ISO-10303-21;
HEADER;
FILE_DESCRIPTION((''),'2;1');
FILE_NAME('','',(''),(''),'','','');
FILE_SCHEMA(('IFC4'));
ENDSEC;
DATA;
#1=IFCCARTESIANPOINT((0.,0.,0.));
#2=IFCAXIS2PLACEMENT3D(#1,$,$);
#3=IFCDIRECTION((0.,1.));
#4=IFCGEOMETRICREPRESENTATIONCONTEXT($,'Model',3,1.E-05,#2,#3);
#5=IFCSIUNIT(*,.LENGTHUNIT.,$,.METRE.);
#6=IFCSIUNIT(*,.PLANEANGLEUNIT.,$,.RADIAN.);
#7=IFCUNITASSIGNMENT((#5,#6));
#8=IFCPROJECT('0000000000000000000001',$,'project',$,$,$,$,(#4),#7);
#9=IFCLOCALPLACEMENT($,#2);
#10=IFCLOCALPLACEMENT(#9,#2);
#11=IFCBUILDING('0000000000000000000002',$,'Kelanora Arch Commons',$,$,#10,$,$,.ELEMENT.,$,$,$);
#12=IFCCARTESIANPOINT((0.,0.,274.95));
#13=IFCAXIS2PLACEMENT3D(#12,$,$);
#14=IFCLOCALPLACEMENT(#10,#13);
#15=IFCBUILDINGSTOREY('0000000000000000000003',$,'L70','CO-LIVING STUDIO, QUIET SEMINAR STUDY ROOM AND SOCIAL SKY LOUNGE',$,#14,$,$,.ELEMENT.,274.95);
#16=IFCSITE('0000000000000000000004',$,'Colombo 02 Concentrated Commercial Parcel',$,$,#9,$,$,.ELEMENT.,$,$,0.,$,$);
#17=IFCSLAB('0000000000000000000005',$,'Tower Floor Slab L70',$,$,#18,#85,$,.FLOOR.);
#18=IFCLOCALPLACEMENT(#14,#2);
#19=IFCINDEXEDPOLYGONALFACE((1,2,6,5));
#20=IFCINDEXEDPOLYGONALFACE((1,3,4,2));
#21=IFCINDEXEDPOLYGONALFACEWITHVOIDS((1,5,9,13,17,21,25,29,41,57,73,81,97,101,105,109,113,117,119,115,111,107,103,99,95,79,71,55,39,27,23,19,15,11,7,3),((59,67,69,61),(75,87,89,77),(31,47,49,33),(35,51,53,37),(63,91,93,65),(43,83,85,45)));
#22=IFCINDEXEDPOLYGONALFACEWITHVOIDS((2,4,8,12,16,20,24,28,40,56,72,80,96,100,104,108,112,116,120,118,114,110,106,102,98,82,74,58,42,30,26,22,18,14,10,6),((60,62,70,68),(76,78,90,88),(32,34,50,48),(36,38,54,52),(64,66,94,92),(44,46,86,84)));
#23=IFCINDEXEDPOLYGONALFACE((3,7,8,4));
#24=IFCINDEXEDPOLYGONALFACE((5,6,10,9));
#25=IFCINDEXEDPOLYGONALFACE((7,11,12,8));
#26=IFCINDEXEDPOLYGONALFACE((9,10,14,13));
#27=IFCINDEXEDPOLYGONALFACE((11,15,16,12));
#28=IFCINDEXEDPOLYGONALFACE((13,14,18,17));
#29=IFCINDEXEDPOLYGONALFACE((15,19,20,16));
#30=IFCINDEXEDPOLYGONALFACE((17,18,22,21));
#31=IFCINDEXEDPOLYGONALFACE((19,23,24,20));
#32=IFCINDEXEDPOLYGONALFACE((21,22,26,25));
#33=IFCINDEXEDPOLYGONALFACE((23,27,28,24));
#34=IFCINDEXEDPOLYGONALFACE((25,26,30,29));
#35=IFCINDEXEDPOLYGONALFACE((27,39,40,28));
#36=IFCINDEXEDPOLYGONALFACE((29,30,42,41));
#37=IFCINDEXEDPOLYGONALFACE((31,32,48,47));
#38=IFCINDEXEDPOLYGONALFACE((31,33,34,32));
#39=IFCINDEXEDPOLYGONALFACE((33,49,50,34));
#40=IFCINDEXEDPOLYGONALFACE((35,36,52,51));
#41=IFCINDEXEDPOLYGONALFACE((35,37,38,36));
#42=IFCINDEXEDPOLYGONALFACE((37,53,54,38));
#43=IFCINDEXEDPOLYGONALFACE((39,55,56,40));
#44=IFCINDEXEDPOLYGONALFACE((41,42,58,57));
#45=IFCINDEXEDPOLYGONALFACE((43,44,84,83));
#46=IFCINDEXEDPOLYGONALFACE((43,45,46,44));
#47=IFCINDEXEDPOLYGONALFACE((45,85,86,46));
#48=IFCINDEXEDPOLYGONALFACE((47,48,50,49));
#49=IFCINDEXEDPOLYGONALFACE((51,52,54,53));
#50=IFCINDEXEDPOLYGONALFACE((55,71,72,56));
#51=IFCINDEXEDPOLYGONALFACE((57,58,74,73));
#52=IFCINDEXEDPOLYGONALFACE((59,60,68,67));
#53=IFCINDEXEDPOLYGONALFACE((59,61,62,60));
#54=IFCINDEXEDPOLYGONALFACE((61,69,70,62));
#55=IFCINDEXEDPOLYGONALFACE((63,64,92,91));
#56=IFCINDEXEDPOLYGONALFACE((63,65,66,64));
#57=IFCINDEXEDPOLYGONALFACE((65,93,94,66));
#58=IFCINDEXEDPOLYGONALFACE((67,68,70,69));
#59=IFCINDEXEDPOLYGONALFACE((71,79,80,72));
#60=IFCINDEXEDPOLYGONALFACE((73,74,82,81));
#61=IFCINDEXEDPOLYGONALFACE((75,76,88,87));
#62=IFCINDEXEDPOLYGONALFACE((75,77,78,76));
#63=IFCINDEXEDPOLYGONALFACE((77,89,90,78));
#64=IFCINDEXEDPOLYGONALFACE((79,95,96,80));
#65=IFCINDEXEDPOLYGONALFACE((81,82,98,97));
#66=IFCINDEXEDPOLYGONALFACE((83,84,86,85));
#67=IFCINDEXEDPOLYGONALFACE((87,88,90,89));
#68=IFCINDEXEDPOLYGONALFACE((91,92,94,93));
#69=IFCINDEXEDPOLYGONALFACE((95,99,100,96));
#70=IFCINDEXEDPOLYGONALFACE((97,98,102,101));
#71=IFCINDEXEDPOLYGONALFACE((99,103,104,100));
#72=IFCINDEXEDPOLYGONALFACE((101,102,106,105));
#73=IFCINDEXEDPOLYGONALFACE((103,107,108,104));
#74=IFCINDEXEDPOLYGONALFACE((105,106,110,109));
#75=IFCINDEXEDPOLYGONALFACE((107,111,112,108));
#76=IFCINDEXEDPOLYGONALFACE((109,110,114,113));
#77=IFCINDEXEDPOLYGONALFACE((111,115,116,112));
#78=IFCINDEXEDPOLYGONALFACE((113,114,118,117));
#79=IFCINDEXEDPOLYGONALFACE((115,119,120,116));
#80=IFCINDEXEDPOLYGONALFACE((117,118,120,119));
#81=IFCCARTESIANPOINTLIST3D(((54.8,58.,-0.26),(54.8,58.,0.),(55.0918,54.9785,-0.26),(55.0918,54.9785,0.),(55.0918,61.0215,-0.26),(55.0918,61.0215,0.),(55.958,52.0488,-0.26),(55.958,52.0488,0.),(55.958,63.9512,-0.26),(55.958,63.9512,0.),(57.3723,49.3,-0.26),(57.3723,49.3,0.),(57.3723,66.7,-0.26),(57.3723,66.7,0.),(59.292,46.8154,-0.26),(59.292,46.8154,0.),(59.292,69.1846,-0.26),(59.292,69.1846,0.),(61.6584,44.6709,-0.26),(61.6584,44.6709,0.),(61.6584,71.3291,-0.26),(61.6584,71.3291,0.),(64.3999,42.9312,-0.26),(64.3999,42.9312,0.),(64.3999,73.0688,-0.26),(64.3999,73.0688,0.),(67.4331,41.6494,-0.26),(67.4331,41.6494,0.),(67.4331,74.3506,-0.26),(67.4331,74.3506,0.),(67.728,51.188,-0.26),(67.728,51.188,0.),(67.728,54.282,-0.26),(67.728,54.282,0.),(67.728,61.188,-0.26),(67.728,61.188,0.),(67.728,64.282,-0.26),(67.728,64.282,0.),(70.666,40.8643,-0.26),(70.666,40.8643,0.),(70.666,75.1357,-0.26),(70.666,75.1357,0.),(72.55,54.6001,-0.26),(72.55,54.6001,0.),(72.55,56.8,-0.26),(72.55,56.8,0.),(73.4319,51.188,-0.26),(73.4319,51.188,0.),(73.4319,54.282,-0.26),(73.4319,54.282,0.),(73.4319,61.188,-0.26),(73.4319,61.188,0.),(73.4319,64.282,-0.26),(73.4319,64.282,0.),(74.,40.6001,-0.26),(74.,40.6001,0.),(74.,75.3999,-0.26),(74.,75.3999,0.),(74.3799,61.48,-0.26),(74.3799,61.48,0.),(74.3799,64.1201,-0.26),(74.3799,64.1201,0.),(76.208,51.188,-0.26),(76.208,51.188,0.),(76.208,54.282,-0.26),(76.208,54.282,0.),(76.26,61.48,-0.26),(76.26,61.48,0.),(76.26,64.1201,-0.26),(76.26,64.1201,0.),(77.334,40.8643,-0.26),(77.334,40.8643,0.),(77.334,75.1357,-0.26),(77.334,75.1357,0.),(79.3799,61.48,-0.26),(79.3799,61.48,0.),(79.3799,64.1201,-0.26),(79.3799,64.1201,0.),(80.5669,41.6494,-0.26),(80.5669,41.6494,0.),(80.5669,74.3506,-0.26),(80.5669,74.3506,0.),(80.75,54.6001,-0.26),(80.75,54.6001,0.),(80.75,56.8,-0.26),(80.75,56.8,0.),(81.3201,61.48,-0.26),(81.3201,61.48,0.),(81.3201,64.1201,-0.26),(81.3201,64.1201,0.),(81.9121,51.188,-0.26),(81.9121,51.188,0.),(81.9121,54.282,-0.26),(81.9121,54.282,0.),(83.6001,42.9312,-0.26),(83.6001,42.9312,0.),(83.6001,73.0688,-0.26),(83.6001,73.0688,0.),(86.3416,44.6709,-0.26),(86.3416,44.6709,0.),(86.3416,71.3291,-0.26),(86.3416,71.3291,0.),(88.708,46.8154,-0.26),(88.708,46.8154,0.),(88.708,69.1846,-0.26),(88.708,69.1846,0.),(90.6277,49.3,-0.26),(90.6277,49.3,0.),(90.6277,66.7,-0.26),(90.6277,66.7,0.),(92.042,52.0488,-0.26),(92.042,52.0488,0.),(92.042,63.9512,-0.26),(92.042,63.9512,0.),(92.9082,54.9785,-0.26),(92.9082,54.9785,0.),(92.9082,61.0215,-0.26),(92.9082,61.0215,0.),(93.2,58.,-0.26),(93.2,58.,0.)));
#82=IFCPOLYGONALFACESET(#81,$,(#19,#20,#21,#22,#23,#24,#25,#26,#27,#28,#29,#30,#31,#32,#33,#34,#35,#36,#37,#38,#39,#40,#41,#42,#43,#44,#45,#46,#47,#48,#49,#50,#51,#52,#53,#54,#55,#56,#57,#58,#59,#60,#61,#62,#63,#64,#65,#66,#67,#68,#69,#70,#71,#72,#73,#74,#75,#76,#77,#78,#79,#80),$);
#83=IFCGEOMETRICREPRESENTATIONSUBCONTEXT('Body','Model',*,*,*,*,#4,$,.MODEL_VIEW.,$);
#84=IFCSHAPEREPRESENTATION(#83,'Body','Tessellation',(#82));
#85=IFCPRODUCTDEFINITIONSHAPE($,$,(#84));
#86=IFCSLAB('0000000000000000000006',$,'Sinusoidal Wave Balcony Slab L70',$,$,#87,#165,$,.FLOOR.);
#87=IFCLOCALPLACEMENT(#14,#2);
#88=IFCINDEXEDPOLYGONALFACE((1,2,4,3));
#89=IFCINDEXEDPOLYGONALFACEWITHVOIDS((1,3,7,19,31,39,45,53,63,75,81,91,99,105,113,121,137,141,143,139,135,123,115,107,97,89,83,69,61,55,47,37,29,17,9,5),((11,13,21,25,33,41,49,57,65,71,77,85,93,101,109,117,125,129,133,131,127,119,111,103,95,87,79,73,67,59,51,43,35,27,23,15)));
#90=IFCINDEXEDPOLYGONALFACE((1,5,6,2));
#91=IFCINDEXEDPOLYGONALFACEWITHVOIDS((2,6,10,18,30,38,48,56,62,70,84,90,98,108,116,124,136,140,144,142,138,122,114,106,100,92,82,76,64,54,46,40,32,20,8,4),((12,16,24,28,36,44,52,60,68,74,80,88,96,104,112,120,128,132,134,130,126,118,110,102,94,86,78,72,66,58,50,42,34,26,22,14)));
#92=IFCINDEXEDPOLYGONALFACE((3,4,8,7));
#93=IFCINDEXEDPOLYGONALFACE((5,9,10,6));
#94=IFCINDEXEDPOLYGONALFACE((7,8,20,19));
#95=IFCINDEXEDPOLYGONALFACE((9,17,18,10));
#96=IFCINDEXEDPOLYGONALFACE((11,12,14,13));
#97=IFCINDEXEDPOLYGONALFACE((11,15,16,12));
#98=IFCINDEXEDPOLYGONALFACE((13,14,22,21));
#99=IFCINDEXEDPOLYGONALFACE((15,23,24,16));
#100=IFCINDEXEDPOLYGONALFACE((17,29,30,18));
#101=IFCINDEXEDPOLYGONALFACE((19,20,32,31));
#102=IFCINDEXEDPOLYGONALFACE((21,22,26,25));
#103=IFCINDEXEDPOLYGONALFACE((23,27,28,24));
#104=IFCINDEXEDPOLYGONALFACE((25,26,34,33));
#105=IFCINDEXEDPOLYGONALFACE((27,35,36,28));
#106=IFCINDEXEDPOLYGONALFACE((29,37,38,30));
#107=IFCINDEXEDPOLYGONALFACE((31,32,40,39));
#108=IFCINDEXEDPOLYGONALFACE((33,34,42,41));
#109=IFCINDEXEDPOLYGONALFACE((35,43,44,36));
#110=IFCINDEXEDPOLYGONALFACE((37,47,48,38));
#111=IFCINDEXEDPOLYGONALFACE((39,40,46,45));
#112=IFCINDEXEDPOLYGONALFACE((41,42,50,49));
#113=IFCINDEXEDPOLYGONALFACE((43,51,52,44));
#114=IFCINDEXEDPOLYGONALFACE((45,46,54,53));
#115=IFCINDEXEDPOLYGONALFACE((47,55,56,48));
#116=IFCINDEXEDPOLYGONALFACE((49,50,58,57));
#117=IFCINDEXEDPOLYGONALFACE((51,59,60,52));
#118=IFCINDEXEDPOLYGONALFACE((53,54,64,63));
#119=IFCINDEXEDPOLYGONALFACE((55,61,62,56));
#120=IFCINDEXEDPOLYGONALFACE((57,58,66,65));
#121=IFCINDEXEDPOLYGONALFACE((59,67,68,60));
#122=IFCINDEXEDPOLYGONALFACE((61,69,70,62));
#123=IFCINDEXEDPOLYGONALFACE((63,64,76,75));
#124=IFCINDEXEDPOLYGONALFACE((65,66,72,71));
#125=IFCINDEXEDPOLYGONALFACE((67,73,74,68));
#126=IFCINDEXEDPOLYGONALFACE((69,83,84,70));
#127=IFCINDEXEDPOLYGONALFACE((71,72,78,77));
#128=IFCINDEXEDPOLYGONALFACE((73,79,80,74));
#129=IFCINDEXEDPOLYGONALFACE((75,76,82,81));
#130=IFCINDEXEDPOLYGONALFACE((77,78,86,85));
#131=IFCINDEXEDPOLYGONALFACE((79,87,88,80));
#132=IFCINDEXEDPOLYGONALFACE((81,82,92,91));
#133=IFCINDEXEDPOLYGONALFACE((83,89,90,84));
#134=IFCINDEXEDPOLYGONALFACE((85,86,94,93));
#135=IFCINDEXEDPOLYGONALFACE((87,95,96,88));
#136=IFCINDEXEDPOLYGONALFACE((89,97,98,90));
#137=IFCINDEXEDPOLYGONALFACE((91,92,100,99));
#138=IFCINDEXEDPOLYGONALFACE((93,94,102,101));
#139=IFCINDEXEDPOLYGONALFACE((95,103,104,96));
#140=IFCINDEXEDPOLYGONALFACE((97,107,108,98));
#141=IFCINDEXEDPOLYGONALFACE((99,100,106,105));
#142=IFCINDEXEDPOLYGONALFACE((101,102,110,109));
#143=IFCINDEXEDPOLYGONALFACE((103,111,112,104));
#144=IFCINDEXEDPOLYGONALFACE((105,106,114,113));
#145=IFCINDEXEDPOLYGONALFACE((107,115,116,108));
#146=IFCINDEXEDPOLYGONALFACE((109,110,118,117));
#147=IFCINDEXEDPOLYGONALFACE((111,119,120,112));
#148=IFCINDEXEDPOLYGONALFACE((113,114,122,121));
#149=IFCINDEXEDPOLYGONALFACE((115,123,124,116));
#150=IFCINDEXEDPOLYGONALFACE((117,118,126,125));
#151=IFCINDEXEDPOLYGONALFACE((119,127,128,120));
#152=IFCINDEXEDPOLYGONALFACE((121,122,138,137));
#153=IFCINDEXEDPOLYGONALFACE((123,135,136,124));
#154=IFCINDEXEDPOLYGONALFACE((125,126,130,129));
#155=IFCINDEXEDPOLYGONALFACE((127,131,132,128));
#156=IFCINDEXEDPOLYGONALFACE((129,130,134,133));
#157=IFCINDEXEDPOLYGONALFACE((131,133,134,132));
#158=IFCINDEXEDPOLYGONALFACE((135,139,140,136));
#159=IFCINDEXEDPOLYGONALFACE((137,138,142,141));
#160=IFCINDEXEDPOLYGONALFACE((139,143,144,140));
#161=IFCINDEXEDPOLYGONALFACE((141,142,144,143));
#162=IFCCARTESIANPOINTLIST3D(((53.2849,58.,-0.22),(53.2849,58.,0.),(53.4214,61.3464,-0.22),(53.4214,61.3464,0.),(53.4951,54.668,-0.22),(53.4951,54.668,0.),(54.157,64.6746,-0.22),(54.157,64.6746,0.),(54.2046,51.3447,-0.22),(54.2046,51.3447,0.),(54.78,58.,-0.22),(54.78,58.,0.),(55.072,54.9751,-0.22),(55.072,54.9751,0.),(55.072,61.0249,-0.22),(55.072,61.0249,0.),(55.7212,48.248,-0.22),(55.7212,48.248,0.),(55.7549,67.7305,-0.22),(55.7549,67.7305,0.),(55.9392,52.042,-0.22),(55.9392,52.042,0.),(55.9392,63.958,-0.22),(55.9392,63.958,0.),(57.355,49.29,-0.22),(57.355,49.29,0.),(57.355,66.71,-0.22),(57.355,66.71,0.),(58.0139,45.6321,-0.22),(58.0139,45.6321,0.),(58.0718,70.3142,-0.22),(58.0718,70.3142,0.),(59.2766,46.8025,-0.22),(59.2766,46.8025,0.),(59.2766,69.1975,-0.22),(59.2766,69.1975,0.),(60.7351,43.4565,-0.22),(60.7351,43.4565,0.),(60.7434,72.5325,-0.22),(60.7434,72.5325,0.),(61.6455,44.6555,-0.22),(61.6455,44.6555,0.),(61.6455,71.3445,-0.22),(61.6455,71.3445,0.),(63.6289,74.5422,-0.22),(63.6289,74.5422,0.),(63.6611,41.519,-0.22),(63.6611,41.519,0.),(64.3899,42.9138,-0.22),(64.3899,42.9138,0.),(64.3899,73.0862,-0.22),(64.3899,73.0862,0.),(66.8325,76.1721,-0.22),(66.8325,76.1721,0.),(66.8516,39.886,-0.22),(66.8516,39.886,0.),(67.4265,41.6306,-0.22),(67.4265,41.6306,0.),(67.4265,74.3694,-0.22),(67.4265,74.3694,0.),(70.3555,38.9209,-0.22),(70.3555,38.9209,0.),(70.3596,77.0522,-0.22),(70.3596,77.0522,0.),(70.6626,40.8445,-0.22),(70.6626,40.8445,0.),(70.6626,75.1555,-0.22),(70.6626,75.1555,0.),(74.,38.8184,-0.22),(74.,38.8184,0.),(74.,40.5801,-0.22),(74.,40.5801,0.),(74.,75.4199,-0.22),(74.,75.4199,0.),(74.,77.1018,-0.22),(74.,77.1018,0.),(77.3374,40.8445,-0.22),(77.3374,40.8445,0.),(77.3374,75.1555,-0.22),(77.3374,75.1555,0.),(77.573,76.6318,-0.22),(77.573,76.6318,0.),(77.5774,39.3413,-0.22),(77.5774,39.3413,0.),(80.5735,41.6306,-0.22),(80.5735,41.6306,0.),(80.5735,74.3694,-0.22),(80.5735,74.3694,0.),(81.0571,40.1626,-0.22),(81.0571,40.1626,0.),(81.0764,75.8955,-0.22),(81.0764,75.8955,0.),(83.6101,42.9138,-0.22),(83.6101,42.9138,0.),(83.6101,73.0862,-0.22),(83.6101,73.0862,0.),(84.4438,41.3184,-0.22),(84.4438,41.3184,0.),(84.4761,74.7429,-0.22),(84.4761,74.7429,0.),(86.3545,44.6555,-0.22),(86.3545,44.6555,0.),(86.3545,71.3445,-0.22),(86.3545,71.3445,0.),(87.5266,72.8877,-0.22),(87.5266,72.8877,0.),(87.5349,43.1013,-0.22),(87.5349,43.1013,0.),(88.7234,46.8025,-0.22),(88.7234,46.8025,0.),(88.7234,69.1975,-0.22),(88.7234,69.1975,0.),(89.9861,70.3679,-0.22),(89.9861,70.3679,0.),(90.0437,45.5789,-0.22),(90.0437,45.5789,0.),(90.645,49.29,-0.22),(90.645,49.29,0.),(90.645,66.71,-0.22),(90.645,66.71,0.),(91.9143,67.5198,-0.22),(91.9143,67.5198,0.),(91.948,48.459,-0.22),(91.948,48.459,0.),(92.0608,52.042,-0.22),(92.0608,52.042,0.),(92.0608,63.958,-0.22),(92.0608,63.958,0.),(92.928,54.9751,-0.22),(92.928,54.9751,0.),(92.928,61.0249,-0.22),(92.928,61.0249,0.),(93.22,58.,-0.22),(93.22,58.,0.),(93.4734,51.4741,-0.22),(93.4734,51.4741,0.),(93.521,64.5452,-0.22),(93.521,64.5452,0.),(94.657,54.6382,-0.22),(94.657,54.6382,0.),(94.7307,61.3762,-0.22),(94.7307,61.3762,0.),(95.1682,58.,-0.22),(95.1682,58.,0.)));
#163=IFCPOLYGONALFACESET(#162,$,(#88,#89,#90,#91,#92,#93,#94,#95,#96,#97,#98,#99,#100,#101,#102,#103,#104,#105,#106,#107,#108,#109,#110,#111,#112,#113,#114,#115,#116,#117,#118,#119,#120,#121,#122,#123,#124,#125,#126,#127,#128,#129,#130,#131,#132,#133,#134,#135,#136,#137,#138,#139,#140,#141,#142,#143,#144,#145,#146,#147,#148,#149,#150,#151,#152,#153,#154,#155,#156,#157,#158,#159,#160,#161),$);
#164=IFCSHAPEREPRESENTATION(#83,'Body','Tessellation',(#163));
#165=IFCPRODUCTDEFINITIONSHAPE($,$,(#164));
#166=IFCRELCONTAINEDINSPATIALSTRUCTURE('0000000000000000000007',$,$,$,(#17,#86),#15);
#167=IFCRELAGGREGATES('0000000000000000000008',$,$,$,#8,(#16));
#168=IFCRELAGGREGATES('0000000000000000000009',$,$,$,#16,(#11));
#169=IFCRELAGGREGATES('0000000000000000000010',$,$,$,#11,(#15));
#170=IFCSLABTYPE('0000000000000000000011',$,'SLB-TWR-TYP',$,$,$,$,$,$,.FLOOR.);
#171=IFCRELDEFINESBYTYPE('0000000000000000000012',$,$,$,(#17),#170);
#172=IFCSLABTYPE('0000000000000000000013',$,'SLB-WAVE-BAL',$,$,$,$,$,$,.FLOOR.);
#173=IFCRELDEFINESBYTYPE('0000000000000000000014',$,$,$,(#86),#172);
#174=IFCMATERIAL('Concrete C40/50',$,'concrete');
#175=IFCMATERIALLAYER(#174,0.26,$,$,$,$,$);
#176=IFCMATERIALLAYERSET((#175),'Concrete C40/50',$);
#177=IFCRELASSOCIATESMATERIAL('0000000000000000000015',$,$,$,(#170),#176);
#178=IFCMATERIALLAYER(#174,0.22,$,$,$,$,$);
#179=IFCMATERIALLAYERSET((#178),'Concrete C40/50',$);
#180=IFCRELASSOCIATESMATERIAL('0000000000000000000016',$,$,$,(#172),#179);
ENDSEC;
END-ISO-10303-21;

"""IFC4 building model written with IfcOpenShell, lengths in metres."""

from ifc_helpers import new_model, si_unit, direction, frame, origin, place, context, subcontext, project, spatial, polyline, outline, extrude, material, layer, layer_set, type_object, element, save


model = new_model("IFC4")

# Units and contexts
model_context = context("Model", 3, precision=1e-05, world=origin(), true_north=direction((0.0, 1.0)))
body_context = subcontext(model_context, "Body", "Model", "MODEL_VIEW")
ifc_project = project(units=[si_unit("LENGTHUNIT", "METRE"), si_unit("PLANEANGLEUNIT", "RADIAN")], contexts=[model_context])

# Site, building, storey
site_placement = place(None, origin())
site = spatial("IfcSite", under=ifc_project, at=site_placement, Name="Colombo 02 Concentrated Commercial Parcel", CompositionType="ELEMENT", RefElevation=0.0)
building_placement = place(site_placement, origin())
building = spatial("IfcBuilding", under=site, at=building_placement, Name="Kelanora Arch Commons", CompositionType="ELEMENT")
storey_placement = place(building_placement, frame((0.0, 0.0, 274.95)))
storey = spatial("IfcBuildingStorey", under=building, at=storey_placement, Name="L70", Description="CO-LIVING STUDIO, QUIET SEMINAR STUDY ROOM AND SOCIAL SKY LOUNGE", CompositionType="ELEMENT", Elevation=274.95)

# Shared definitions
ifc_material_1 = material(Name="Concrete C40/50", Category="concrete")

# Slabs
ifc_layer_1 = layer(ifc_material_1, 0.26)
ifc_layer_set_1 = layer_set([ifc_layer_1], Name="Concrete C40/50")
slab_type_1 = type_object("IfcSlabType", Name="SLB-TWR-TYP", PredefinedType="FLOOR", material=ifc_layer_set_1)
slab_1_placement = place(storey_placement, frame((0.0, 0.0, -0.26)))
element("IfcSlab", 1, at=slab_1_placement, inside=storey, type_object=slab_type_1, Name="Tower Floor Slab L70", PredefinedType="FLOOR", context=body_context, shape_type="SweptSolid", body=[
    extrude(outline(polyline([(93.2, 58.0), (92.9082, 61.0215), (92.042, 63.9512), (90.6277, 66.7), (88.708, 69.1846), (86.3416, 71.3291), (83.6001, 73.0688), (80.5669, 74.3506), (77.334, 75.1357), (74.0, 75.3999), (70.666, 75.1357), (67.4331, 74.3506), (64.3999, 73.0688), (61.6584, 71.3291), (59.292, 69.1846), (57.3723, 66.7), (55.958, 63.9512), (55.0918, 61.0215), (54.8, 58.0), (55.0918, 54.9785), (55.958, 52.0488), (57.3723, 49.3), (59.292, 46.8154), (61.6584, 44.6709), (64.3999, 42.9312), (67.4331, 41.6494), (70.666, 40.8643), (74.0, 40.6001), (77.334, 40.8643), (80.5669, 41.6494), (83.6001, 42.9312), (86.3416, 44.6709), (88.708, 46.8154), (90.6277, 49.3), (92.042, 52.0488), (92.9082, 54.9785), (93.2, 58.0)]), holes=[polyline([(73.4319, 51.188), (67.728, 51.188), (67.728, 54.282), (73.4319, 54.282), (73.4319, 51.188)]), polyline([(76.208, 51.188), (76.208, 54.282), (81.9121, 54.282), (81.9121, 51.188), (76.208, 51.188)]), polyline([(72.55, 54.6001), (72.55, 56.8), (80.75, 56.8), (80.75, 54.6001), (72.55, 54.6001)]), polyline([(73.4319, 61.188), (67.728, 61.188), (67.728, 64.282), (73.4319, 64.282), (73.4319, 61.188)]), polyline([(74.3799, 61.48), (74.3799, 64.1201), (76.26, 64.1201), (76.26, 61.48), (74.3799, 61.48)]), polyline([(79.3799, 61.48), (79.3799, 64.1201), (81.3201, 64.1201), (81.3201, 61.48), (79.3799, 61.48)])]), origin(), (0.0, 0.0, 1.0), 0.26),
])
ifc_layer_2 = layer(ifc_material_1, 0.22)
ifc_layer_set_2 = layer_set([ifc_layer_2], Name="Concrete C40/50")
slab_type_2 = type_object("IfcSlabType", Name="SLB-WAVE-BAL", PredefinedType="FLOOR", material=ifc_layer_set_2)
slab_2_placement = place(storey_placement, frame((0.0, 0.0, -0.22)))
element("IfcSlab", 2, at=slab_2_placement, inside=storey, type_object=slab_type_2, Name="Sinusoidal Wave Balcony Slab L70", PredefinedType="FLOOR", context=body_context, shape_type="SweptSolid", body=[
    extrude(outline(polyline([(95.1682, 58.0), (94.7307, 61.3762), (93.521, 64.5452), (91.9143, 67.5198), (89.9861, 70.3679), (87.5266, 72.8877), (84.4761, 74.7429), (81.0764, 75.8955), (77.573, 76.6318), (74.0, 77.1018), (70.3596, 77.0522), (66.8325, 76.1721), (63.6289, 74.5422), (60.7434, 72.5325), (58.0718, 70.3142), (55.7549, 67.7305), (54.157, 64.6746), (53.4214, 61.3464), (53.2849, 58.0), (53.4951, 54.668), (54.2046, 51.3447), (55.7212, 48.248), (58.0139, 45.6321), (60.7351, 43.4565), (63.6611, 41.519), (66.8516, 39.886), (70.3555, 38.9209), (74.0, 38.8184), (77.5774, 39.3413), (81.0571, 40.1626), (84.4438, 41.3184), (87.5349, 43.1013), (90.0437, 45.5789), (91.948, 48.459), (93.4734, 51.4741), (94.657, 54.6382), (95.1682, 58.0)]), holes=[polyline([(92.928, 54.9751), (92.0608, 52.042), (90.645, 49.29), (88.7234, 46.8025), (86.3545, 44.6555), (83.6101, 42.9138), (80.5735, 41.6306), (77.3374, 40.8445), (74.0, 40.5801), (70.6626, 40.8445), (67.4265, 41.6306), (64.3899, 42.9138), (61.6455, 44.6555), (59.2766, 46.8025), (57.355, 49.29), (55.9392, 52.042), (55.072, 54.9751), (54.78, 58.0), (55.072, 61.0249), (55.9392, 63.958), (57.355, 66.71), (59.2766, 69.1975), (61.6455, 71.3445), (64.3899, 73.0862), (67.4265, 74.3694), (70.6626, 75.1555), (74.0, 75.4199), (77.3374, 75.1555), (80.5735, 74.3694), (83.6101, 73.0862), (86.3545, 71.3445), (88.7234, 69.1975), (90.645, 66.71), (92.0608, 63.958), (92.928, 61.0249), (93.22, 58.0), (92.928, 54.9751)])]), origin(), (0.0, 0.0, 1.0), 0.22),
])

save(model, "model.ifc")
